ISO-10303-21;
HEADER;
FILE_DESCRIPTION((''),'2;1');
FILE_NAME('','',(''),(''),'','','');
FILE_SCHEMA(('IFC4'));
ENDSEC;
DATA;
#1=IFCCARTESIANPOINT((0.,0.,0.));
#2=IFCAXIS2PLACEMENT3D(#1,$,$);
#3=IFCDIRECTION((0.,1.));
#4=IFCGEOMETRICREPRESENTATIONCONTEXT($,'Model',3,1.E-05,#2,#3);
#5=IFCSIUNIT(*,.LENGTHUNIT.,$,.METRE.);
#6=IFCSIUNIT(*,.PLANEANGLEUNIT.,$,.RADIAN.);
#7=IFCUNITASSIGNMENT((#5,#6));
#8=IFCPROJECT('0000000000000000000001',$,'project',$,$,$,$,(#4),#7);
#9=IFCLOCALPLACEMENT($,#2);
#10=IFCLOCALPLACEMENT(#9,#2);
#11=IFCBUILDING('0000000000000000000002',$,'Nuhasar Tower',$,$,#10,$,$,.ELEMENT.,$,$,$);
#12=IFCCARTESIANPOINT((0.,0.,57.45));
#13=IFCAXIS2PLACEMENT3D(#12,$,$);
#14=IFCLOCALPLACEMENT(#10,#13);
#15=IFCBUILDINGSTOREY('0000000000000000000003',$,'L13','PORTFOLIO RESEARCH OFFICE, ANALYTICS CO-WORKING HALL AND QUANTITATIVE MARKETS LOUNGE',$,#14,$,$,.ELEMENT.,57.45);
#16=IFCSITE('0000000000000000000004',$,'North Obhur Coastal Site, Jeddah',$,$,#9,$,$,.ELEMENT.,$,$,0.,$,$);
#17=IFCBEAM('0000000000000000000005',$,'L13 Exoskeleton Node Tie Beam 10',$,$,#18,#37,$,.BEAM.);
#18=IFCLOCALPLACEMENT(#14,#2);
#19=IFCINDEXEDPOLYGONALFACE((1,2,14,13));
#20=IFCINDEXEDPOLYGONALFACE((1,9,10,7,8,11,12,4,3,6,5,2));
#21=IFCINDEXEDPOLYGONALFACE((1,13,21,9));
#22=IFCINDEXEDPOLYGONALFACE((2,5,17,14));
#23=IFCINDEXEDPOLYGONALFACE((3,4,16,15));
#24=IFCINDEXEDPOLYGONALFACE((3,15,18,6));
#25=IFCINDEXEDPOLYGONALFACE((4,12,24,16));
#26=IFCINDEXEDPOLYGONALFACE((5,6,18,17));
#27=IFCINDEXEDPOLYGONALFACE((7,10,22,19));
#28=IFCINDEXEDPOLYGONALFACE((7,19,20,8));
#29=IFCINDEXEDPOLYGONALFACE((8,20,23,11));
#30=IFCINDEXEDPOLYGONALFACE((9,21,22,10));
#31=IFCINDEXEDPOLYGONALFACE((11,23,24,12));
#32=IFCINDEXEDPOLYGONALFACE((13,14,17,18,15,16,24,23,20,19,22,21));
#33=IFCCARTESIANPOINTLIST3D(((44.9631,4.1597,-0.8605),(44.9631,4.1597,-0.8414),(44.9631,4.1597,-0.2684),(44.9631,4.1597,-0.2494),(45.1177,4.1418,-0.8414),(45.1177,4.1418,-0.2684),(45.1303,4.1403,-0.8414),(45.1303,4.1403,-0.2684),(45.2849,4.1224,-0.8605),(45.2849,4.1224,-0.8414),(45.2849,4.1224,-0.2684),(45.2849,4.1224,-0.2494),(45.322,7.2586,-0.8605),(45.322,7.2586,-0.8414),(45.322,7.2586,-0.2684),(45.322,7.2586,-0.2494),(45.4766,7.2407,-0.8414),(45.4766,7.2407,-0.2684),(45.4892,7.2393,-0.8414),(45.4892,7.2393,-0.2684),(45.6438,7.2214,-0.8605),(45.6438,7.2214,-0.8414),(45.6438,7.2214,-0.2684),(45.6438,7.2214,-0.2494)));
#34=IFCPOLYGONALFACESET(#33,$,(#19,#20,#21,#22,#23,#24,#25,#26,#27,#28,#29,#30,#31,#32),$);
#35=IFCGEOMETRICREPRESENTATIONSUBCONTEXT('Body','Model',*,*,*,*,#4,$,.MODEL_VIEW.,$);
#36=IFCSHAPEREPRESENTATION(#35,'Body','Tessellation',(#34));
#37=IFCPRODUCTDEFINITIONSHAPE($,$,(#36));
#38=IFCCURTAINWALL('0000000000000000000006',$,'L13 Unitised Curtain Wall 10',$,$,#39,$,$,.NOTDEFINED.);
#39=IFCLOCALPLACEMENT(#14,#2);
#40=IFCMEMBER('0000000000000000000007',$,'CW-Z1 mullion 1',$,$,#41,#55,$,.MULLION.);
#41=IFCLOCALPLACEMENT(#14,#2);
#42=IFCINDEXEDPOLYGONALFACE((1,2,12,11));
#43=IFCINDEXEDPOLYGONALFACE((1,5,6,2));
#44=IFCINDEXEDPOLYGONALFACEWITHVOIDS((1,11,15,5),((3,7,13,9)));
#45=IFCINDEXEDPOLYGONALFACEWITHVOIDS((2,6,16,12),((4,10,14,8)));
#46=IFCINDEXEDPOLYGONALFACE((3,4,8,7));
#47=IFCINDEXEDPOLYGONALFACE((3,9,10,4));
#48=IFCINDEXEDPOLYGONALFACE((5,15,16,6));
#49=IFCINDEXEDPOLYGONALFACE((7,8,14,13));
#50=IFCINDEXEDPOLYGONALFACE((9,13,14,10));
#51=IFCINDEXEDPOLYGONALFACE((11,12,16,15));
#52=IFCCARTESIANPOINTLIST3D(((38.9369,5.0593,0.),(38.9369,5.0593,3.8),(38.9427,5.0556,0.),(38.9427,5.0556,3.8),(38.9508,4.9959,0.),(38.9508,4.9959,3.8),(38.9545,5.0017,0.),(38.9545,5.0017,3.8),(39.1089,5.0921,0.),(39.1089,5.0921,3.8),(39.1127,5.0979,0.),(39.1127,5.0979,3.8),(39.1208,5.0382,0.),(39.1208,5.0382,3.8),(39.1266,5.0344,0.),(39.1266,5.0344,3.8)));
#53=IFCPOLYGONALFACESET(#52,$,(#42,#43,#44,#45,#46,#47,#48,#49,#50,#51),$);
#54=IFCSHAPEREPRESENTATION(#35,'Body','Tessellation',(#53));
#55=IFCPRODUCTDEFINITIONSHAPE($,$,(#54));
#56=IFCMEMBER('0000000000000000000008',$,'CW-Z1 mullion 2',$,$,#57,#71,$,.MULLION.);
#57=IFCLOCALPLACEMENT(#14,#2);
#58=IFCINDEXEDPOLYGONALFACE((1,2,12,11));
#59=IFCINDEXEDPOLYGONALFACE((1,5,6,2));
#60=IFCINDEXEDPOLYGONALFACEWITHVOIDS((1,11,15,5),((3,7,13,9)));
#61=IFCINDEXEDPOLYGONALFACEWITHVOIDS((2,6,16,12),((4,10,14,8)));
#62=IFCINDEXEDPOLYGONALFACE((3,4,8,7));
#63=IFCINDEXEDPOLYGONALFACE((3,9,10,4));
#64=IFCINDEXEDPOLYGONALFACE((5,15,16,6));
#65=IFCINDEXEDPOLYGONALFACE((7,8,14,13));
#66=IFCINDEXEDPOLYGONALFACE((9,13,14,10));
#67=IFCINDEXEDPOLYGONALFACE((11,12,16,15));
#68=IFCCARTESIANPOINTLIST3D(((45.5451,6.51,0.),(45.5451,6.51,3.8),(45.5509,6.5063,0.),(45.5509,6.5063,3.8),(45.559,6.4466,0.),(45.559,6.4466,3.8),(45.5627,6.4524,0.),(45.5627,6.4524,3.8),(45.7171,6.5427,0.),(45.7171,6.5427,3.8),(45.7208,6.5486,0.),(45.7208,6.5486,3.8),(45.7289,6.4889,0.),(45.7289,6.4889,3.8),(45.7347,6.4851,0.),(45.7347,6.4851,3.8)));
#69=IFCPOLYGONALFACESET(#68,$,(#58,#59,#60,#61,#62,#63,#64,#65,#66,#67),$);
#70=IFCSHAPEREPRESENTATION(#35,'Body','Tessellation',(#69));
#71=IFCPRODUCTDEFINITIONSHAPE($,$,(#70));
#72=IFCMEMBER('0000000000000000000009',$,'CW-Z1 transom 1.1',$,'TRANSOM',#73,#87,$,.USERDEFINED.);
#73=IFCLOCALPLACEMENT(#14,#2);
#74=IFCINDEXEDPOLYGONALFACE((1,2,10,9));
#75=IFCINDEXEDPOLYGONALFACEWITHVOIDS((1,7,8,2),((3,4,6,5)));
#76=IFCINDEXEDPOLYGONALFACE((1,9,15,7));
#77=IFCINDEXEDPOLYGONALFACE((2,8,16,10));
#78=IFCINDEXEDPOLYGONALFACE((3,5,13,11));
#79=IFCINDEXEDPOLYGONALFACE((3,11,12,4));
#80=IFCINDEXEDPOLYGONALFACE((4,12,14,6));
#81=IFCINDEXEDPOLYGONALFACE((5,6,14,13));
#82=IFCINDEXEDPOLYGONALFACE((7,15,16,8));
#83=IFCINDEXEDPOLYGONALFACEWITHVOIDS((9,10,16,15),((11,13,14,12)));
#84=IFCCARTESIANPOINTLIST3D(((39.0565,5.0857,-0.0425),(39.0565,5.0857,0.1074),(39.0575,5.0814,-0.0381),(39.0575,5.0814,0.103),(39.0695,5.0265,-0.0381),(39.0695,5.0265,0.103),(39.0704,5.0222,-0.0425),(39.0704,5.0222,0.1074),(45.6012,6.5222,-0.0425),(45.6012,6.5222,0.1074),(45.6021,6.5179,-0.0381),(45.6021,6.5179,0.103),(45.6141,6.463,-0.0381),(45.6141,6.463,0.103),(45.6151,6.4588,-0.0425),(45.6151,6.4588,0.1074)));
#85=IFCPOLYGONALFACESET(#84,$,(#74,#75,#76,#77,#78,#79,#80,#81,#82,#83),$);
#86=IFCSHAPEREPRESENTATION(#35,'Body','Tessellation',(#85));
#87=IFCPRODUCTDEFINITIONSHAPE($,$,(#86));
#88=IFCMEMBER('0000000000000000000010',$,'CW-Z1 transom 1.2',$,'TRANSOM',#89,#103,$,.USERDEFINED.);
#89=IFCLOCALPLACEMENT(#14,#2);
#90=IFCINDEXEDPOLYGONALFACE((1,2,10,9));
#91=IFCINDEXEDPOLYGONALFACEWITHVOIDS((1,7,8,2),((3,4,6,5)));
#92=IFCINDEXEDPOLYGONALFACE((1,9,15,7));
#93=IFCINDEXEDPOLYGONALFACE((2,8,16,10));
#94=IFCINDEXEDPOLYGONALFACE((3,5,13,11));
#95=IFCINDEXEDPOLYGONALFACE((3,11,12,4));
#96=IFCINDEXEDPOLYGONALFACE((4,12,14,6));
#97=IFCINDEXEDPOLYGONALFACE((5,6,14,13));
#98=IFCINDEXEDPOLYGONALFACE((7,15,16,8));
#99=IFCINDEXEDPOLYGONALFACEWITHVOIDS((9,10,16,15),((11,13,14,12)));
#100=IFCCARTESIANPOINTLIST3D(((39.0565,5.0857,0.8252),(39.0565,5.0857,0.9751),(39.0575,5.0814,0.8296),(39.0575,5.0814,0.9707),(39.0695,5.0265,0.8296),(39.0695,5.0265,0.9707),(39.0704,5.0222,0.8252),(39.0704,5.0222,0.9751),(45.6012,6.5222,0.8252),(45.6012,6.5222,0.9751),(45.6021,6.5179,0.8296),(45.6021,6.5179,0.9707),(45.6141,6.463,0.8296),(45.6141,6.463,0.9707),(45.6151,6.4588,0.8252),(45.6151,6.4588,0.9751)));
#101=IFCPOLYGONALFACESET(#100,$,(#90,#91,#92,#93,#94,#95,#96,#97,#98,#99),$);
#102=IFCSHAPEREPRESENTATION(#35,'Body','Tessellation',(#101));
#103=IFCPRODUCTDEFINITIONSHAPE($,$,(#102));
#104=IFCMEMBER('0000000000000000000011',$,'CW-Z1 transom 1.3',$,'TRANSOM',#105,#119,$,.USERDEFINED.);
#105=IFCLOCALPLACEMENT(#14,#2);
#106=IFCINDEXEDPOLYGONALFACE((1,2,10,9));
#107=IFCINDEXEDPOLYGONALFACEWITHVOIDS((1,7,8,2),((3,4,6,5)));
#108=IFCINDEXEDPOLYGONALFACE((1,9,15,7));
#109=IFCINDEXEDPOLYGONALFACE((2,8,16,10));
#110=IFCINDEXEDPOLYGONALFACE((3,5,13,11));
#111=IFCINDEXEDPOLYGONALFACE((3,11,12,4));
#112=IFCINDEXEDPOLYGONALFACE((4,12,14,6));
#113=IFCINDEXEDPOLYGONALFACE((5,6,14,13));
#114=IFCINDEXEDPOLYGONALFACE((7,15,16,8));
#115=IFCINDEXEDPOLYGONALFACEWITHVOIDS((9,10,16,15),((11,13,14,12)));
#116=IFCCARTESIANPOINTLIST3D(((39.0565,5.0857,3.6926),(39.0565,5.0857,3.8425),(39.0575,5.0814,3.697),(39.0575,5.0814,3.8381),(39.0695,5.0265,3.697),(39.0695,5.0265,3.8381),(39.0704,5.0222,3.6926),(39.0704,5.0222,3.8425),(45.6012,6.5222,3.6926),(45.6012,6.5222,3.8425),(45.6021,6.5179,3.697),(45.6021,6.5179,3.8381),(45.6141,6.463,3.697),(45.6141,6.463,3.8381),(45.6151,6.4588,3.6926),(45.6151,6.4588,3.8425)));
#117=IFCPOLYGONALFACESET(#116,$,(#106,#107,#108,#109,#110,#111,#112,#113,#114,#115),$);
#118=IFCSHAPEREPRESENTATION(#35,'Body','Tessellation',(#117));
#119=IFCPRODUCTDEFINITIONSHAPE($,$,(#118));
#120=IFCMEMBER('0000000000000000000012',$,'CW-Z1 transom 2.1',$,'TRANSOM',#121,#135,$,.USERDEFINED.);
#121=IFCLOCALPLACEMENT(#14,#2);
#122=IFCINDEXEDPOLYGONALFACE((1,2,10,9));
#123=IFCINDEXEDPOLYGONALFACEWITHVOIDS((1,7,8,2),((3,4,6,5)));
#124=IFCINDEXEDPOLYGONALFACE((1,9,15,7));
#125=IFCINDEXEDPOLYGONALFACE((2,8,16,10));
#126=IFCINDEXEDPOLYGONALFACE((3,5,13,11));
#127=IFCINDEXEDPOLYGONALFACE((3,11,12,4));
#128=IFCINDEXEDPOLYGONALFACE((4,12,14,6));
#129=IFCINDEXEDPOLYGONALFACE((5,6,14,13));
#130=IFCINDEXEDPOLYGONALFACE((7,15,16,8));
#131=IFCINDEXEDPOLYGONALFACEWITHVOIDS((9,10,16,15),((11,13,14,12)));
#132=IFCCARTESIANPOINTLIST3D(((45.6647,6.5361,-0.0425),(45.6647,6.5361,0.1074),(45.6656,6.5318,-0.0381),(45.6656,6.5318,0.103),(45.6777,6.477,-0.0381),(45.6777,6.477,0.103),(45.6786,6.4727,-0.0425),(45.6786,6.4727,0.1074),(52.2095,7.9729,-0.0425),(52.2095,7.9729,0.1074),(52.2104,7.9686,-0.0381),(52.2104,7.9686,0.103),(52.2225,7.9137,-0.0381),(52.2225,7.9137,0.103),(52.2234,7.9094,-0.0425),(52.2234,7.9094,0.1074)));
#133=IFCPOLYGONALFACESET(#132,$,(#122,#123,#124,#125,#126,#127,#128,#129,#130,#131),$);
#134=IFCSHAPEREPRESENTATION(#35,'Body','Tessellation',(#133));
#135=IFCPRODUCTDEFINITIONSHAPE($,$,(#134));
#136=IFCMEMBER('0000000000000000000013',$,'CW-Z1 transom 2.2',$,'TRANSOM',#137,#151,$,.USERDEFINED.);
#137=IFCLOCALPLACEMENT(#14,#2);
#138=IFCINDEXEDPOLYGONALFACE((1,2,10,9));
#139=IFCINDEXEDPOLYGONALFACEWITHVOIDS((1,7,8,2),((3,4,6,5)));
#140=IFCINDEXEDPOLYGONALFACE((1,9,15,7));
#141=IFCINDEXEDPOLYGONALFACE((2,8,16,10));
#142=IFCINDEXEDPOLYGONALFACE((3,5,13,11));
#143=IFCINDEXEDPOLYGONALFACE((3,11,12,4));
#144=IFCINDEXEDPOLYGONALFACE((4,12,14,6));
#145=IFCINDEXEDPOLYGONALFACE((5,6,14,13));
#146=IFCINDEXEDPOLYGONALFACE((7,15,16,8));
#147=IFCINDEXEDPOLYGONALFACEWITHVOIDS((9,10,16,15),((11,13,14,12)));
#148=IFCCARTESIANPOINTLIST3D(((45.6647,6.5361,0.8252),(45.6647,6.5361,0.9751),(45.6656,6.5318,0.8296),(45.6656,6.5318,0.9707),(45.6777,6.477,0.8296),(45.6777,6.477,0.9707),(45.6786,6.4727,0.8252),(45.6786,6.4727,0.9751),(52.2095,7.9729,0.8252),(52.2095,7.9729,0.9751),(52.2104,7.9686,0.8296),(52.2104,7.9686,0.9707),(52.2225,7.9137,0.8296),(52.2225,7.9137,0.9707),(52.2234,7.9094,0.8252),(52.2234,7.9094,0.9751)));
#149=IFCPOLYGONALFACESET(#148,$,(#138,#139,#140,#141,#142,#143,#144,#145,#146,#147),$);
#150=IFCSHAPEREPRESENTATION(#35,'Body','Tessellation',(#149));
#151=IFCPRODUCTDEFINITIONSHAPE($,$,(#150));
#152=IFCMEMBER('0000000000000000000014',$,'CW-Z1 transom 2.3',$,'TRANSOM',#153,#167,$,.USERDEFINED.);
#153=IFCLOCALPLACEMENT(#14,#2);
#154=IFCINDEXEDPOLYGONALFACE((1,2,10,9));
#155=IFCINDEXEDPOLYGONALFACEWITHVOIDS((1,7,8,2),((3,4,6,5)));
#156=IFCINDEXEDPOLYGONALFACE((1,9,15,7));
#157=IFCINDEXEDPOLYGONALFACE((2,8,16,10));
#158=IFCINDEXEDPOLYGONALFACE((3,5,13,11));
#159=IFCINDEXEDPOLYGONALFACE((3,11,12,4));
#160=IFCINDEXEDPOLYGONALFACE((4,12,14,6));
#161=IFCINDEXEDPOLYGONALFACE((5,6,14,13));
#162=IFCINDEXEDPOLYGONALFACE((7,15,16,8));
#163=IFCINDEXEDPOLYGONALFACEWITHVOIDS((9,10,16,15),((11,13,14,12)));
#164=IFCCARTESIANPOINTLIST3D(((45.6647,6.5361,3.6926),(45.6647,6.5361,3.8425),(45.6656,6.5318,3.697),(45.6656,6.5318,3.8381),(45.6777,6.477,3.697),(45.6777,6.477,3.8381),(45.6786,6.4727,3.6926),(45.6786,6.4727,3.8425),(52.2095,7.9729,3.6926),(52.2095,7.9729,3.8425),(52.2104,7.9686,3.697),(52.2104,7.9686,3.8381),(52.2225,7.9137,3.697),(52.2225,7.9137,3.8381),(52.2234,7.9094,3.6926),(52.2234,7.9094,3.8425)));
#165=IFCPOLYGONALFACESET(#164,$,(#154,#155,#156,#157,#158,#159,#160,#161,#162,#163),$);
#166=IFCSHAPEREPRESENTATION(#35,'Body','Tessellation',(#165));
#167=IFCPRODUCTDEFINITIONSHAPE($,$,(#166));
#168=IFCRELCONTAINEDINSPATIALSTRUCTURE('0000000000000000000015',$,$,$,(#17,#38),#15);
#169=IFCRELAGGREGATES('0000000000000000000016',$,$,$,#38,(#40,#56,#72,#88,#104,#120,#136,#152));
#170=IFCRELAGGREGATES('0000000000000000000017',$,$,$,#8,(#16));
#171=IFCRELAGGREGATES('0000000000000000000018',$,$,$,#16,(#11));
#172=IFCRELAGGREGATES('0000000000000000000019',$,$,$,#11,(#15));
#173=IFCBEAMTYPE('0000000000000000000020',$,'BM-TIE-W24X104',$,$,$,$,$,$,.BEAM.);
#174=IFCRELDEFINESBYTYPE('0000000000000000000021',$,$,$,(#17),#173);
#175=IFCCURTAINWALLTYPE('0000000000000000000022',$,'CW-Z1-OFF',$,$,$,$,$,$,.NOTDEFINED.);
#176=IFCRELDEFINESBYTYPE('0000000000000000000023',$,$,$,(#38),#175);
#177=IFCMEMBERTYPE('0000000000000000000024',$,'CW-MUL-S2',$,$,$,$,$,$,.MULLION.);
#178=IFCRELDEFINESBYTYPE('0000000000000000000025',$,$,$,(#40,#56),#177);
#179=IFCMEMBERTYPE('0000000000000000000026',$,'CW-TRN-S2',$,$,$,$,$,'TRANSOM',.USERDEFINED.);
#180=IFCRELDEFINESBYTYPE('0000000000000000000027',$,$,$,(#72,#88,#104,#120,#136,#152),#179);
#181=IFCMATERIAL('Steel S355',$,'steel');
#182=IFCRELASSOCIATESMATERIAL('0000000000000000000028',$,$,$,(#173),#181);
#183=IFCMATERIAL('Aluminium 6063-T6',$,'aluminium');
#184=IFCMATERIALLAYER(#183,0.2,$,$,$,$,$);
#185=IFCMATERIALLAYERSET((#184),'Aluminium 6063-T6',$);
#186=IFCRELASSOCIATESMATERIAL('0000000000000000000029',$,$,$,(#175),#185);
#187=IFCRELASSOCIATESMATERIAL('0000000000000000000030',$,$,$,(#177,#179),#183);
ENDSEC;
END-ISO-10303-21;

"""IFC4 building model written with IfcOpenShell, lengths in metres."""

from ifc_helpers import new_model, si_unit, direction, frame, origin, origin_2d, place, context, subcontext, project, spatial, hollow_rectangle, i_section, extrude, material, layer, layer_set, material_profile, profile_set, type_object, element, aggregate, save


model = new_model("IFC4")

# Units and contexts
model_context = context("Model", 3, precision=1e-05, world=origin(), true_north=direction((0.0, 1.0)))
body_context = subcontext(model_context, "Body", "Model", "MODEL_VIEW")
ifc_project = project(units=[si_unit("LENGTHUNIT", "METRE"), si_unit("PLANEANGLEUNIT", "RADIAN")], contexts=[model_context])

# Site, building, storey
site_placement = place(None, origin())
site = spatial("IfcSite", under=ifc_project, at=site_placement, Name="North Obhur Coastal Site, Jeddah", CompositionType="ELEMENT", RefElevation=0.0)
building_placement = place(site_placement, origin())
building = spatial("IfcBuilding", under=site, at=building_placement, Name="Nuhasar Tower", CompositionType="ELEMENT")
storey_placement = place(building_placement, frame((0.0, 0.0, 57.45)))
storey = spatial("IfcBuildingStorey", under=building, at=storey_placement, Name="L13", Description="PORTFOLIO RESEARCH OFFICE, ANALYTICS CO-WORKING HALL AND QUANTITATIVE MARKETS LOUNGE", CompositionType="ELEMENT", Elevation=57.45)

# Beam
ifc_material_1 = material(Name="Steel S355", Category="steel")
ifc_material_profile_1 = material_profile(ifc_material_1, i_section(OverallWidth=0.324, OverallDepth=0.6111, WebThickness=0.0127, FlangeThickness=0.019, at=origin_2d()), Name="W24X104")
ifc_profile_set_1 = profile_set([ifc_material_profile_1], Name="Steel S355")
beam_type_1 = type_object("IfcBeamType", Name="BM-TIE-W24X104", PredefinedType="BEAM", material=ifc_profile_set_1)
beam_1_placement = place(storey_placement, frame((45.4829, 7.24, -0.5549), z_axis=(-0.115043, -0.993361, 0.0), x_axis=(0.993361, -0.115043, 0.0)))
element("IfcBeam", 1, at=beam_1_placement, inside=storey, type_object=beam_type_1, Name="L13 Exoskeleton Node Tie Beam 10", PredefinedType="BEAM", context=body_context, shape_type="SweptSolid", body=[
    extrude(i_section(OverallWidth=0.324, OverallDepth=0.6111, WebThickness=0.0127, FlangeThickness=0.019, at=origin_2d()), origin(), (0.0, 0.0, 1.0), 3.1196),
])

# Curtain wall, members
ifc_material_2 = material(Name="Aluminium 6063-T6", Category="aluminium")
ifc_layer_1 = layer(ifc_material_2, 0.2)
ifc_layer_set_1 = layer_set([ifc_layer_1], Name="Aluminium 6063-T6")
curtain_wall_type = type_object("IfcCurtainWallType", Name="CW-Z1-OFF", PredefinedType="NOTDEFINED", material=ifc_layer_set_1)
curtain_wall_placement = place(storey_placement, origin())
curtain_wall = element("IfcCurtainWall", 2, at=curtain_wall_placement, inside=storey, type_object=curtain_wall_type, Name="L13 Unitised Curtain Wall 10", PredefinedType="NOTDEFINED")
ifc_material_profile_2 = material_profile(ifc_material_2, hollow_rectangle(XDim=0.0649, YDim=0.1799, WallThickness=0.0049, at=origin_2d()), Name="CWM-2")
ifc_profile_set_2 = profile_set([ifc_material_profile_2], Name="Aluminium 6063-T6")
member_type_1 = type_object("IfcMemberType", Name="CW-MUL-S2", PredefinedType="MULLION", material=ifc_profile_set_2)
member_1_placement = place(storey_placement, frame((39.0317, 5.0469, 0.0), z_axis=(0.0, 0.0, 1.0), x_axis=(-0.214399, 0.976746, 0.0)))
member_1 = element("IfcMember", 3, at=member_1_placement, type_object=member_type_1, Name="CW-Z1 mullion 1", PredefinedType="MULLION", context=body_context, shape_type="SweptSolid", body=[
    extrude(hollow_rectangle(XDim=0.0649, YDim=0.1799, WallThickness=0.0049, at=origin_2d()), origin(), (0.0, 0.0, 1.0), 3.8),
])
member_2_placement = place(storey_placement, frame((45.6399, 6.4976, 0.0), z_axis=(0.0, 0.0, 1.0), x_axis=(-0.214399, 0.976746, 0.0)))
member_2 = element("IfcMember", 4, at=member_2_placement, type_object=member_type_1, Name="CW-Z1 mullion 2", PredefinedType="MULLION", context=body_context, shape_type="SweptSolid", body=[
    extrude(hollow_rectangle(XDim=0.0649, YDim=0.1799, WallThickness=0.0049, at=origin_2d()), origin(), (0.0, 0.0, 1.0), 3.8),
])
ifc_material_profile_3 = material_profile(ifc_material_2, hollow_rectangle(XDim=0.0649, YDim=0.1499, WallThickness=0.0044, at=origin_2d()), Name="CWT-2")
ifc_profile_set_3 = profile_set([ifc_material_profile_3], Name="Aluminium 6063-T6")
member_type_2 = type_object("IfcMemberType", Name="CW-TRN-S2", ElementType="TRANSOM", PredefinedType="USERDEFINED", material=ifc_profile_set_3)
member_3_placement = place(storey_placement, frame((39.0635, 5.054, 0.0325), z_axis=(0.976748, 0.214391, 0.0), x_axis=(-0.214391, 0.976748, 0.0)))
member_3 = element("IfcMember", 5, at=member_3_placement, type_object=member_type_2, Name="CW-Z1 transom 1.1", ObjectType="TRANSOM", PredefinedType="USERDEFINED", context=body_context, shape_type="SweptSolid", body=[
    extrude(hollow_rectangle(XDim=0.0649, YDim=0.1499, WallThickness=0.0044, at=origin_2d()), origin(), (0.0, 0.0, 1.0), 6.7004),
])
member_4_placement = place(storey_placement, frame((39.0635, 5.054, 0.9001), z_axis=(0.976748, 0.214391, 0.0), x_axis=(-0.214391, 0.976748, 0.0)))
member_4 = element("IfcMember", 6, at=member_4_placement, type_object=member_type_2, Name="CW-Z1 transom 1.2", ObjectType="TRANSOM", PredefinedType="USERDEFINED", context=body_context, shape_type="SweptSolid", body=[
    extrude(hollow_rectangle(XDim=0.0649, YDim=0.1499, WallThickness=0.0044, at=origin_2d()), origin(), (0.0, 0.0, 1.0), 6.7004),
])
member_5_placement = place(storey_placement, frame((39.0635, 5.054, 3.7676), z_axis=(0.976748, 0.214391, 0.0), x_axis=(-0.214391, 0.976748, 0.0)))
member_5 = element("IfcMember", 7, at=member_5_placement, type_object=member_type_2, Name="CW-Z1 transom 1.3", ObjectType="TRANSOM", PredefinedType="USERDEFINED", context=body_context, shape_type="SweptSolid", body=[
    extrude(hollow_rectangle(XDim=0.0649, YDim=0.1499, WallThickness=0.0044, at=origin_2d()), origin(), (0.0, 0.0, 1.0), 6.7004),
])
member_6_placement = place(storey_placement, frame((45.6716, 6.5044, 0.0325), z_axis=(0.976742, 0.214418, 0.0), x_axis=(-0.214418, 0.976742, 0.0)))
member_6 = element("IfcMember", 8, at=member_6_placement, type_object=member_type_2, Name="CW-Z1 transom 2.1", ObjectType="TRANSOM", PredefinedType="USERDEFINED", context=body_context, shape_type="SweptSolid", body=[
    extrude(hollow_rectangle(XDim=0.0649, YDim=0.1499, WallThickness=0.0044, at=origin_2d()), origin(), (0.0, 0.0, 1.0), 6.7007),
])
member_7_placement = place(storey_placement, frame((45.6716, 6.5044, 0.9001), z_axis=(0.976742, 0.214418, 0.0), x_axis=(-0.214418, 0.976742, 0.0)))
member_7 = element("IfcMember", 9, at=member_7_placement, type_object=member_type_2, Name="CW-Z1 transom 2.2", ObjectType="TRANSOM", PredefinedType="USERDEFINED", context=body_context, shape_type="SweptSolid", body=[
    extrude(hollow_rectangle(XDim=0.0649, YDim=0.1499, WallThickness=0.0044, at=origin_2d()), origin(), (0.0, 0.0, 1.0), 6.7007),
])
member_8_placement = place(storey_placement, frame((45.6716, 6.5044, 3.7676), z_axis=(0.976742, 0.214418, 0.0), x_axis=(-0.214418, 0.976742, 0.0)))
member_8 = element("IfcMember", 10, at=member_8_placement, type_object=member_type_2, Name="CW-Z1 transom 2.3", ObjectType="TRANSOM", PredefinedType="USERDEFINED", context=body_context, shape_type="SweptSolid", body=[
    extrude(hollow_rectangle(XDim=0.0649, YDim=0.1499, WallThickness=0.0044, at=origin_2d()), origin(), (0.0, 0.0, 1.0), 6.7007),
])

aggregate(curtain_wall, [member_1, member_2, member_3, member_4, member_5, member_6, member_7, member_8])

save(model, "model.ifc")
